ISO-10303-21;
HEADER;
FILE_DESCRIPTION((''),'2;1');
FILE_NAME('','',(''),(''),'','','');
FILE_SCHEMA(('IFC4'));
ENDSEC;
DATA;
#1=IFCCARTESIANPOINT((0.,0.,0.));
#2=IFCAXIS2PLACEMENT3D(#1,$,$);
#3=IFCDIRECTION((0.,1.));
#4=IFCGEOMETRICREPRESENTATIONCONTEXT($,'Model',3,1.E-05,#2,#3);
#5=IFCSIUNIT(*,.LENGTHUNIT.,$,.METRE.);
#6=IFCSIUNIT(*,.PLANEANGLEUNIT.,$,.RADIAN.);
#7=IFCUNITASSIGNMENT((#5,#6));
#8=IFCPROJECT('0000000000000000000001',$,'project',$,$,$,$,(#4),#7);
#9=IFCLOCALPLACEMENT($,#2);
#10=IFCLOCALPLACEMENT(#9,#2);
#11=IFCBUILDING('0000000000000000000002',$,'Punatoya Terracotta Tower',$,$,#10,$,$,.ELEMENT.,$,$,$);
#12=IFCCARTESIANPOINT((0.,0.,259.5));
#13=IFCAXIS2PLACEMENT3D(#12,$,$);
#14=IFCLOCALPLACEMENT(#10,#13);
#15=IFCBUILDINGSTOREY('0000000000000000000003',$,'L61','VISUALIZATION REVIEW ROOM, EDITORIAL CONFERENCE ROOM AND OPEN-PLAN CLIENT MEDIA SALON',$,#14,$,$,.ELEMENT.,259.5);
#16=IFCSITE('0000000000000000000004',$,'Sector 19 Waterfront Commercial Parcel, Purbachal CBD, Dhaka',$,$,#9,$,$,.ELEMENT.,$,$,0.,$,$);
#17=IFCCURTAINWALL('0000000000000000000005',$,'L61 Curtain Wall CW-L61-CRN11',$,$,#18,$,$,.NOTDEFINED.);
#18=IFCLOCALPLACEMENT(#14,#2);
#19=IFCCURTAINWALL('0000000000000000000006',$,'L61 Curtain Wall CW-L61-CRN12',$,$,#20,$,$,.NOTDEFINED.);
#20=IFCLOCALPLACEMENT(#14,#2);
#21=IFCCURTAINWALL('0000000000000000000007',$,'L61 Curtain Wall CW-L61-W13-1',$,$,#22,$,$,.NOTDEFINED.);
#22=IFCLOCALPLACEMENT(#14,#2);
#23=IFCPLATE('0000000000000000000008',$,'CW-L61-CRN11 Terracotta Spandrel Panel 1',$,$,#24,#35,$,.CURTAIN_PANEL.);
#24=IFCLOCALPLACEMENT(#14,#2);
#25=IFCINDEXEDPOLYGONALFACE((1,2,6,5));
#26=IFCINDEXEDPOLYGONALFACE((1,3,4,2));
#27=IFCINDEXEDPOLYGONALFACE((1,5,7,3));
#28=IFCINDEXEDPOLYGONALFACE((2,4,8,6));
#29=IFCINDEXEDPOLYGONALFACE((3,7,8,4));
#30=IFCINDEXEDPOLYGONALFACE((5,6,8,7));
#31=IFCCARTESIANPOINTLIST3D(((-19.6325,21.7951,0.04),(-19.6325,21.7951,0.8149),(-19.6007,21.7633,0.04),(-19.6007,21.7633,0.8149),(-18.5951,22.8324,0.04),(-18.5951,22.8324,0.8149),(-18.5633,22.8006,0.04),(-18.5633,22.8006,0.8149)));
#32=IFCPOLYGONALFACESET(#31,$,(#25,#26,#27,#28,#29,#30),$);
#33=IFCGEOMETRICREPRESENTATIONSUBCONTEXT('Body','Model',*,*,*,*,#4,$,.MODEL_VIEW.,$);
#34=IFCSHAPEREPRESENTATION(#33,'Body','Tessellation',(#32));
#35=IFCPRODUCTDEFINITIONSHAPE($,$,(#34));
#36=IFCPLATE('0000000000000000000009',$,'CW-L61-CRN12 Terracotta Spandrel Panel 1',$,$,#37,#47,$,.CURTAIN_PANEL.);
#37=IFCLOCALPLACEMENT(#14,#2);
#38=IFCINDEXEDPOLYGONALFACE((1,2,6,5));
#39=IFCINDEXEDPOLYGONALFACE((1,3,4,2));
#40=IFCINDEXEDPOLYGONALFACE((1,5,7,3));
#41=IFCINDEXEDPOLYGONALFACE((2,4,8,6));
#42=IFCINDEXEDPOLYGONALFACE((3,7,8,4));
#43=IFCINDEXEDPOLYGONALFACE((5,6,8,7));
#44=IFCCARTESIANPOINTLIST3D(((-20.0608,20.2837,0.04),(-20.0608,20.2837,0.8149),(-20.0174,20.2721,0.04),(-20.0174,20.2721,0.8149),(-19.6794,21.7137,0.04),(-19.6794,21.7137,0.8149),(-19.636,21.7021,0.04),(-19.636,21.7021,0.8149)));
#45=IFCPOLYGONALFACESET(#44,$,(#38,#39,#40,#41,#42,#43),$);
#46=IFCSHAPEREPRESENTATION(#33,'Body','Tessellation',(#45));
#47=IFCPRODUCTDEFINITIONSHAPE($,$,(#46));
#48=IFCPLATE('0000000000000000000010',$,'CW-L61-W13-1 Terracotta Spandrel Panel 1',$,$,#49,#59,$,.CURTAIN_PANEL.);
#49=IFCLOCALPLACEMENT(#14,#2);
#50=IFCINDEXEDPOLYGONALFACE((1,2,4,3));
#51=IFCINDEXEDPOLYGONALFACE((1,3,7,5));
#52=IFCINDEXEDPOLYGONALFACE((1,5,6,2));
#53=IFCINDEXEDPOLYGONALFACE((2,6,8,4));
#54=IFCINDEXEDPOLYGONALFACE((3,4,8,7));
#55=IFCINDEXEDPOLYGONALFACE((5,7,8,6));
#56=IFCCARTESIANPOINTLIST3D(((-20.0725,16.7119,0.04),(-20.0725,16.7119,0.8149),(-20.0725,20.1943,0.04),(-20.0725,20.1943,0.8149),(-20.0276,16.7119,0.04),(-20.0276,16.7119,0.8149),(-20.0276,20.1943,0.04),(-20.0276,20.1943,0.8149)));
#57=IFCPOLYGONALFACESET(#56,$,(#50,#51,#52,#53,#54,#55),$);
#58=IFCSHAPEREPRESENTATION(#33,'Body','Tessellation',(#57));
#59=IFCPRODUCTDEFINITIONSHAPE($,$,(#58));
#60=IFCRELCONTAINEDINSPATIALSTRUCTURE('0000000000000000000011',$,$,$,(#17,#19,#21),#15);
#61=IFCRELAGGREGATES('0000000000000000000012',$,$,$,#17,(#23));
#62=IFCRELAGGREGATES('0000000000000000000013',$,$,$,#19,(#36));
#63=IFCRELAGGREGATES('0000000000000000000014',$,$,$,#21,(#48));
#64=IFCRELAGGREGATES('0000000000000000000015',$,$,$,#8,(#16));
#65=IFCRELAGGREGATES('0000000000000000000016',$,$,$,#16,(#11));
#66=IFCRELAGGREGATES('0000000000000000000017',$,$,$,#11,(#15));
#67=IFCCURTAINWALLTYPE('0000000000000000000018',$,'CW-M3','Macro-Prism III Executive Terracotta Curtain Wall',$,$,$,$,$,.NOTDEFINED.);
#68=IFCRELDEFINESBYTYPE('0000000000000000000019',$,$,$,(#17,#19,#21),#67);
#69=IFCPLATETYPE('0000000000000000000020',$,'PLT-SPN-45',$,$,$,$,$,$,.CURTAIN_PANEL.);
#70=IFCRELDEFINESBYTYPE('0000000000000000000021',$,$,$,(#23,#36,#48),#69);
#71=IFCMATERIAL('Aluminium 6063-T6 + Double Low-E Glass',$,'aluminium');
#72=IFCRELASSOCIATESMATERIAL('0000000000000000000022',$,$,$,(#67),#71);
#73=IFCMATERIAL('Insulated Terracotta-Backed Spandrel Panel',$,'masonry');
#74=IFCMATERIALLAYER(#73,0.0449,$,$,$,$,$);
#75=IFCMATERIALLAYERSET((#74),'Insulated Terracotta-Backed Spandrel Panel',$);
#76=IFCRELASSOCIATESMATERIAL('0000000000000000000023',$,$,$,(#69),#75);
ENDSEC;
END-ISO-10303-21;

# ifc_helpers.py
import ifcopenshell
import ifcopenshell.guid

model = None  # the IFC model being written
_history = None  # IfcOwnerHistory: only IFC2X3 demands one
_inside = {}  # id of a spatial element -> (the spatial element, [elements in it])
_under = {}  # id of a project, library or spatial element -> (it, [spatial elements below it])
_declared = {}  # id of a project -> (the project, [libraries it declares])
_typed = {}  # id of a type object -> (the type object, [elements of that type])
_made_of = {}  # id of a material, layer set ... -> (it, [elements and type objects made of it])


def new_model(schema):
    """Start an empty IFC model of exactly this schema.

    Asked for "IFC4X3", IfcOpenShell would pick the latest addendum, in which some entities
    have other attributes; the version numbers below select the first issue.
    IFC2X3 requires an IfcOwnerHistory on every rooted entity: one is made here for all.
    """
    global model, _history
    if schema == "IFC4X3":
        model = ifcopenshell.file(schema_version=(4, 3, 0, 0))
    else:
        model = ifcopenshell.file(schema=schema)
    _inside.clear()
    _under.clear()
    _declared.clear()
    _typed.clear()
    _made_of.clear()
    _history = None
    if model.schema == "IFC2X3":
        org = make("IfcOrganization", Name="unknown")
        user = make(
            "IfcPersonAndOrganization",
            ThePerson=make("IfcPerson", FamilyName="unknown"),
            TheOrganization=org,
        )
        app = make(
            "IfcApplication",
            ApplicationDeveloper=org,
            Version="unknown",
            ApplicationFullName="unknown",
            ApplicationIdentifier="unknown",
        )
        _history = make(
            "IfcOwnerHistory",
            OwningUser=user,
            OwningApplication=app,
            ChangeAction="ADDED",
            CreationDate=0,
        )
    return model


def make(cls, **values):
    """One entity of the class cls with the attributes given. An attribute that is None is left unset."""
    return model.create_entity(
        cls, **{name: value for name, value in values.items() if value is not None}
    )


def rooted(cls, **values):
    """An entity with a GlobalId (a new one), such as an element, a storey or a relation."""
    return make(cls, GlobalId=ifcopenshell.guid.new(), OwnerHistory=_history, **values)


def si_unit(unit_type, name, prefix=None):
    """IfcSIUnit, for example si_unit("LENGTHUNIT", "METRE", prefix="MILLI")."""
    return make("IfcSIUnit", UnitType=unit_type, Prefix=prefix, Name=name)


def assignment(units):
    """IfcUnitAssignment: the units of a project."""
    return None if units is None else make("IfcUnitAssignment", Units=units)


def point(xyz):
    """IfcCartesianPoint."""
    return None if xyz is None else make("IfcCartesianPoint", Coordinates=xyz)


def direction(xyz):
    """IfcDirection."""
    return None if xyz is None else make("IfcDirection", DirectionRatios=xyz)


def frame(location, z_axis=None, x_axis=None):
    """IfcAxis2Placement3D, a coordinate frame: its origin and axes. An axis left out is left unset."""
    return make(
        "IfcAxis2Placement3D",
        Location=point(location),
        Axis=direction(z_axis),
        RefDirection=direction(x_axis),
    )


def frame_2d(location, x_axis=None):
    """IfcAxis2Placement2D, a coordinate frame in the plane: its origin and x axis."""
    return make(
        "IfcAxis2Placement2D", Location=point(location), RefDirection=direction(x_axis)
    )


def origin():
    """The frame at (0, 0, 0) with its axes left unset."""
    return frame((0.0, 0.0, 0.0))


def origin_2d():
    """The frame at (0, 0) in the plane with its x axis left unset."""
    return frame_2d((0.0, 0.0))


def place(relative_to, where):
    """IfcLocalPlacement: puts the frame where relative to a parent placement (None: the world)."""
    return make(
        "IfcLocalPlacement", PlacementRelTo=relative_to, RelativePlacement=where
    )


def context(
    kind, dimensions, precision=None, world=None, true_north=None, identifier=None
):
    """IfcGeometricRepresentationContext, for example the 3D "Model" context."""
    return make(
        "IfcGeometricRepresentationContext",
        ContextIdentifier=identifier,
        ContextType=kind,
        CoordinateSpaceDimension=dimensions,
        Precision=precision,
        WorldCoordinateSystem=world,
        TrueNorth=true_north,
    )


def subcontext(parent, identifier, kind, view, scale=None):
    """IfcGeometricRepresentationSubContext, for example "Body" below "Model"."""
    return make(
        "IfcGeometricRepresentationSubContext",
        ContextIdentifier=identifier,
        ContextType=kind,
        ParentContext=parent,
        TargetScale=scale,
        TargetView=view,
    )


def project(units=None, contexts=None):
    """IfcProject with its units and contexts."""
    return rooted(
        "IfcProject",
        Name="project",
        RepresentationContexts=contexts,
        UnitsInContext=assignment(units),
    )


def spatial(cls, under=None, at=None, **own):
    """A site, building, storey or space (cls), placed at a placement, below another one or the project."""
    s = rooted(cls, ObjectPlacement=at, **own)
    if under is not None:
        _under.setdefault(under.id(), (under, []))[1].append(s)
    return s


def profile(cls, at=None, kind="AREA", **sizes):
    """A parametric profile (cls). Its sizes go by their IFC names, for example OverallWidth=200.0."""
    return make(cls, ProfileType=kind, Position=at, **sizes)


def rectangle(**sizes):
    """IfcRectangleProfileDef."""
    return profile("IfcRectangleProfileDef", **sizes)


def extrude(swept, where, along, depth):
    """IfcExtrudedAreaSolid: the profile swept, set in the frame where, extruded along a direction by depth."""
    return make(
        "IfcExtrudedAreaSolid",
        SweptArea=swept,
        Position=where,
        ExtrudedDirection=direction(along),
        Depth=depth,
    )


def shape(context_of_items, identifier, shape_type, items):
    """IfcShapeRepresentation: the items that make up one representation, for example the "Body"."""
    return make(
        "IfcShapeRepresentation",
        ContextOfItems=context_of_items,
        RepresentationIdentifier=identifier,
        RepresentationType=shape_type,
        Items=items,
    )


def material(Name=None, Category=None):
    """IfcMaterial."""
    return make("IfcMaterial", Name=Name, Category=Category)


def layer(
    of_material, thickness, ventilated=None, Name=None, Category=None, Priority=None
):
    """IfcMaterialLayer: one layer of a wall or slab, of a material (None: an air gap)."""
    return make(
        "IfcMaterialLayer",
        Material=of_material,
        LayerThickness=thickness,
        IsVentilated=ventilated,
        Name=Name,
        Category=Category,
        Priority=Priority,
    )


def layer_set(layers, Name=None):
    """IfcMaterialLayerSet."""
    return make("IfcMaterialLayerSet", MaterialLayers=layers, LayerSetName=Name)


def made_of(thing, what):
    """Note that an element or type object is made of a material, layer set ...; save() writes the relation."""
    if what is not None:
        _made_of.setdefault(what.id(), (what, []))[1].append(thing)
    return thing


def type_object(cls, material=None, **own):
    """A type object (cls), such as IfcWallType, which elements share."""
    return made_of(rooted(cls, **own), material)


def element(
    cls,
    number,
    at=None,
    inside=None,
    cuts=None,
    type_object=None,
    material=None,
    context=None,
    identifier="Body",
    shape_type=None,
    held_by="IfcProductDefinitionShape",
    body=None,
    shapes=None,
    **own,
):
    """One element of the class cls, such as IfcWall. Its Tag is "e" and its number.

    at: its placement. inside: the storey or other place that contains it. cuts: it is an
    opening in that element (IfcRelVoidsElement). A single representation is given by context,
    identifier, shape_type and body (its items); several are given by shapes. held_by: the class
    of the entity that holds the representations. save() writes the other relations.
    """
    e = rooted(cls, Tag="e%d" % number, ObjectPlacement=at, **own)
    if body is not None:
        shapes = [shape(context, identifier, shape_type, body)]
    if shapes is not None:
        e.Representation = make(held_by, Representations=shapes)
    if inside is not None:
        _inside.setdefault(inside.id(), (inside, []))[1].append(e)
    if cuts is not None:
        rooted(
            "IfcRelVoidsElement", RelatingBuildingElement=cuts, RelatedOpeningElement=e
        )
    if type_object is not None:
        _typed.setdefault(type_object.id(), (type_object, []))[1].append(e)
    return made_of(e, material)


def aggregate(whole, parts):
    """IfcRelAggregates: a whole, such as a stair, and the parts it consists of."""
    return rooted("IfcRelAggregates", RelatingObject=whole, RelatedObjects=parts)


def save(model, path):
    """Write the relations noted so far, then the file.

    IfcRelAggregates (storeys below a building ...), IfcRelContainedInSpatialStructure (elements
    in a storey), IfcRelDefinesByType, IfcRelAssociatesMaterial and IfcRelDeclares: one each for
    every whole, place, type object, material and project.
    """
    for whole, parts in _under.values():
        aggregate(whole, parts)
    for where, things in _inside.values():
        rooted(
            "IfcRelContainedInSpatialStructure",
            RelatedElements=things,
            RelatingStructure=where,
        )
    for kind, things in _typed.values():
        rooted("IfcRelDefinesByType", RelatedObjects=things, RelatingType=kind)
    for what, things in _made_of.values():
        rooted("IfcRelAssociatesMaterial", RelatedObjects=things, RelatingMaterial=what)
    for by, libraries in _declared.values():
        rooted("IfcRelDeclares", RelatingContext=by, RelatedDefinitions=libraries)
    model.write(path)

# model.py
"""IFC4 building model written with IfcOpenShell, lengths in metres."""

from ifc_helpers import new_model, si_unit, direction, frame, origin, origin_2d, place, context, subcontext, project, spatial, rectangle, extrude, material, layer, layer_set, type_object, element, aggregate, save


model = new_model("IFC4")

# Units and contexts
model_context = context("Model", 3, precision=1e-05, world=origin(), true_north=direction((0.0, 1.0)))
body_context = subcontext(model_context, "Body", "Model", "MODEL_VIEW")
ifc_project = project(units=[si_unit("LENGTHUNIT", "METRE"), si_unit("PLANEANGLEUNIT", "RADIAN")], contexts=[model_context])

# Site, building, storey
site_placement = place(None, origin())
site = spatial("IfcSite", under=ifc_project, at=site_placement, Name="Sector 19 Waterfront Commercial Parcel, Purbachal CBD, Dhaka", CompositionType="ELEMENT", RefElevation=0.0)
building_placement = place(site_placement, origin())
building = spatial("IfcBuilding", under=site, at=building_placement, Name="Punatoya Terracotta Tower", CompositionType="ELEMENT")
storey_placement = place(building_placement, frame((0.0, 0.0, 259.5)))
storey = spatial("IfcBuildingStorey", under=building, at=storey_placement, Name="L61", Description="VISUALIZATION REVIEW ROOM, EDITORIAL CONFERENCE ROOM AND OPEN-PLAN CLIENT MEDIA SALON", CompositionType="ELEMENT", Elevation=259.5)

# Shared definitions
ifc_material_1 = material(Name="Aluminium 6063-T6 + Double Low-E Glass", Category="aluminium")
curtain_wall_type = type_object("IfcCurtainWallType", Name="CW-M3", Description="Macro-Prism III Executive Terracotta Curtain Wall", PredefinedType="NOTDEFINED", material=ifc_material_1)

# Curtain walls
curtain_wall_1_placement = place(storey_placement, origin())
curtain_wall_1 = element("IfcCurtainWall", 1, at=curtain_wall_1_placement, inside=storey, type_object=curtain_wall_type, Name="L61 Curtain Wall CW-L61-CRN11", PredefinedType="NOTDEFINED")
curtain_wall_2_placement = place(storey_placement, origin())
curtain_wall_2 = element("IfcCurtainWall", 2, at=curtain_wall_2_placement, inside=storey, type_object=curtain_wall_type, Name="L61 Curtain Wall CW-L61-CRN12", PredefinedType="NOTDEFINED")
curtain_wall_3_placement = place(storey_placement, origin())
curtain_wall_3 = element("IfcCurtainWall", 3, at=curtain_wall_3_placement, inside=storey, type_object=curtain_wall_type, Name="L61 Curtain Wall CW-L61-W13-1", PredefinedType="NOTDEFINED")

# Plates
ifc_material_2 = material(Name="Insulated Terracotta-Backed Spandrel Panel", Category="masonry")
ifc_layer_1 = layer(ifc_material_2, 0.0449)
ifc_layer_set_1 = layer_set([ifc_layer_1], Name="Insulated Terracotta-Backed Spandrel Panel")
plate_type_1 = type_object("IfcPlateType", Name="PLT-SPN-45", PredefinedType="CURTAIN_PANEL", material=ifc_layer_set_1)
plate_1_placement = place(storey_placement, frame((-19.0979, 22.2979, 0.04), z_axis=(0.0, 0.0, 1.0), x_axis=(-0.707107, -0.707107, 0.0)))
plate_1 = element("IfcPlate", 4, at=plate_1_placement, type_object=plate_type_1, Name="CW-L61-CRN11 Terracotta Spandrel Panel 1", PredefinedType="CURTAIN_PANEL", context=body_context, shape_type="SweptSolid", body=[
    extrude(rectangle(XDim=1.467, YDim=0.0449, at=origin_2d()), origin(), (0.0, 0.0, 1.0), 0.7749),
])
aggregate(curtain_wall_1, [plate_1])
plate_2_placement = place(storey_placement, frame((-19.8484, 20.9929, 0.04), z_axis=(0.0, 0.0, 1.0), x_axis=(-0.257742, -0.966214, 0.0)))
plate_2 = element("IfcPlate", 5, at=plate_2_placement, type_object=plate_type_1, Name="CW-L61-CRN12 Terracotta Spandrel Panel 1", PredefinedType="CURTAIN_PANEL", context=body_context, shape_type="SweptSolid", body=[
    extrude(rectangle(XDim=1.48, YDim=0.0449, at=origin_2d()), origin(), (0.0, 0.0, 1.0), 0.7749),
])
aggregate(curtain_wall_2, [plate_2])
plate_3_placement = place(storey_placement, frame((-20.05, 18.4531, 0.04), z_axis=(0.0, 0.0, 1.0), x_axis=(0.0, -1.0, 0.0)))
plate_3 = element("IfcPlate", 6, at=plate_3_placement, type_object=plate_type_1, Name="CW-L61-W13-1 Terracotta Spandrel Panel 1", PredefinedType="CURTAIN_PANEL", context=body_context, shape_type="SweptSolid", body=[
    extrude(rectangle(XDim=3.4824, YDim=0.0449, at=origin_2d()), origin(), (0.0, 0.0, 1.0), 0.7749),
])
aggregate(curtain_wall_3, [plate_3])

save(model, "model.ifc")
